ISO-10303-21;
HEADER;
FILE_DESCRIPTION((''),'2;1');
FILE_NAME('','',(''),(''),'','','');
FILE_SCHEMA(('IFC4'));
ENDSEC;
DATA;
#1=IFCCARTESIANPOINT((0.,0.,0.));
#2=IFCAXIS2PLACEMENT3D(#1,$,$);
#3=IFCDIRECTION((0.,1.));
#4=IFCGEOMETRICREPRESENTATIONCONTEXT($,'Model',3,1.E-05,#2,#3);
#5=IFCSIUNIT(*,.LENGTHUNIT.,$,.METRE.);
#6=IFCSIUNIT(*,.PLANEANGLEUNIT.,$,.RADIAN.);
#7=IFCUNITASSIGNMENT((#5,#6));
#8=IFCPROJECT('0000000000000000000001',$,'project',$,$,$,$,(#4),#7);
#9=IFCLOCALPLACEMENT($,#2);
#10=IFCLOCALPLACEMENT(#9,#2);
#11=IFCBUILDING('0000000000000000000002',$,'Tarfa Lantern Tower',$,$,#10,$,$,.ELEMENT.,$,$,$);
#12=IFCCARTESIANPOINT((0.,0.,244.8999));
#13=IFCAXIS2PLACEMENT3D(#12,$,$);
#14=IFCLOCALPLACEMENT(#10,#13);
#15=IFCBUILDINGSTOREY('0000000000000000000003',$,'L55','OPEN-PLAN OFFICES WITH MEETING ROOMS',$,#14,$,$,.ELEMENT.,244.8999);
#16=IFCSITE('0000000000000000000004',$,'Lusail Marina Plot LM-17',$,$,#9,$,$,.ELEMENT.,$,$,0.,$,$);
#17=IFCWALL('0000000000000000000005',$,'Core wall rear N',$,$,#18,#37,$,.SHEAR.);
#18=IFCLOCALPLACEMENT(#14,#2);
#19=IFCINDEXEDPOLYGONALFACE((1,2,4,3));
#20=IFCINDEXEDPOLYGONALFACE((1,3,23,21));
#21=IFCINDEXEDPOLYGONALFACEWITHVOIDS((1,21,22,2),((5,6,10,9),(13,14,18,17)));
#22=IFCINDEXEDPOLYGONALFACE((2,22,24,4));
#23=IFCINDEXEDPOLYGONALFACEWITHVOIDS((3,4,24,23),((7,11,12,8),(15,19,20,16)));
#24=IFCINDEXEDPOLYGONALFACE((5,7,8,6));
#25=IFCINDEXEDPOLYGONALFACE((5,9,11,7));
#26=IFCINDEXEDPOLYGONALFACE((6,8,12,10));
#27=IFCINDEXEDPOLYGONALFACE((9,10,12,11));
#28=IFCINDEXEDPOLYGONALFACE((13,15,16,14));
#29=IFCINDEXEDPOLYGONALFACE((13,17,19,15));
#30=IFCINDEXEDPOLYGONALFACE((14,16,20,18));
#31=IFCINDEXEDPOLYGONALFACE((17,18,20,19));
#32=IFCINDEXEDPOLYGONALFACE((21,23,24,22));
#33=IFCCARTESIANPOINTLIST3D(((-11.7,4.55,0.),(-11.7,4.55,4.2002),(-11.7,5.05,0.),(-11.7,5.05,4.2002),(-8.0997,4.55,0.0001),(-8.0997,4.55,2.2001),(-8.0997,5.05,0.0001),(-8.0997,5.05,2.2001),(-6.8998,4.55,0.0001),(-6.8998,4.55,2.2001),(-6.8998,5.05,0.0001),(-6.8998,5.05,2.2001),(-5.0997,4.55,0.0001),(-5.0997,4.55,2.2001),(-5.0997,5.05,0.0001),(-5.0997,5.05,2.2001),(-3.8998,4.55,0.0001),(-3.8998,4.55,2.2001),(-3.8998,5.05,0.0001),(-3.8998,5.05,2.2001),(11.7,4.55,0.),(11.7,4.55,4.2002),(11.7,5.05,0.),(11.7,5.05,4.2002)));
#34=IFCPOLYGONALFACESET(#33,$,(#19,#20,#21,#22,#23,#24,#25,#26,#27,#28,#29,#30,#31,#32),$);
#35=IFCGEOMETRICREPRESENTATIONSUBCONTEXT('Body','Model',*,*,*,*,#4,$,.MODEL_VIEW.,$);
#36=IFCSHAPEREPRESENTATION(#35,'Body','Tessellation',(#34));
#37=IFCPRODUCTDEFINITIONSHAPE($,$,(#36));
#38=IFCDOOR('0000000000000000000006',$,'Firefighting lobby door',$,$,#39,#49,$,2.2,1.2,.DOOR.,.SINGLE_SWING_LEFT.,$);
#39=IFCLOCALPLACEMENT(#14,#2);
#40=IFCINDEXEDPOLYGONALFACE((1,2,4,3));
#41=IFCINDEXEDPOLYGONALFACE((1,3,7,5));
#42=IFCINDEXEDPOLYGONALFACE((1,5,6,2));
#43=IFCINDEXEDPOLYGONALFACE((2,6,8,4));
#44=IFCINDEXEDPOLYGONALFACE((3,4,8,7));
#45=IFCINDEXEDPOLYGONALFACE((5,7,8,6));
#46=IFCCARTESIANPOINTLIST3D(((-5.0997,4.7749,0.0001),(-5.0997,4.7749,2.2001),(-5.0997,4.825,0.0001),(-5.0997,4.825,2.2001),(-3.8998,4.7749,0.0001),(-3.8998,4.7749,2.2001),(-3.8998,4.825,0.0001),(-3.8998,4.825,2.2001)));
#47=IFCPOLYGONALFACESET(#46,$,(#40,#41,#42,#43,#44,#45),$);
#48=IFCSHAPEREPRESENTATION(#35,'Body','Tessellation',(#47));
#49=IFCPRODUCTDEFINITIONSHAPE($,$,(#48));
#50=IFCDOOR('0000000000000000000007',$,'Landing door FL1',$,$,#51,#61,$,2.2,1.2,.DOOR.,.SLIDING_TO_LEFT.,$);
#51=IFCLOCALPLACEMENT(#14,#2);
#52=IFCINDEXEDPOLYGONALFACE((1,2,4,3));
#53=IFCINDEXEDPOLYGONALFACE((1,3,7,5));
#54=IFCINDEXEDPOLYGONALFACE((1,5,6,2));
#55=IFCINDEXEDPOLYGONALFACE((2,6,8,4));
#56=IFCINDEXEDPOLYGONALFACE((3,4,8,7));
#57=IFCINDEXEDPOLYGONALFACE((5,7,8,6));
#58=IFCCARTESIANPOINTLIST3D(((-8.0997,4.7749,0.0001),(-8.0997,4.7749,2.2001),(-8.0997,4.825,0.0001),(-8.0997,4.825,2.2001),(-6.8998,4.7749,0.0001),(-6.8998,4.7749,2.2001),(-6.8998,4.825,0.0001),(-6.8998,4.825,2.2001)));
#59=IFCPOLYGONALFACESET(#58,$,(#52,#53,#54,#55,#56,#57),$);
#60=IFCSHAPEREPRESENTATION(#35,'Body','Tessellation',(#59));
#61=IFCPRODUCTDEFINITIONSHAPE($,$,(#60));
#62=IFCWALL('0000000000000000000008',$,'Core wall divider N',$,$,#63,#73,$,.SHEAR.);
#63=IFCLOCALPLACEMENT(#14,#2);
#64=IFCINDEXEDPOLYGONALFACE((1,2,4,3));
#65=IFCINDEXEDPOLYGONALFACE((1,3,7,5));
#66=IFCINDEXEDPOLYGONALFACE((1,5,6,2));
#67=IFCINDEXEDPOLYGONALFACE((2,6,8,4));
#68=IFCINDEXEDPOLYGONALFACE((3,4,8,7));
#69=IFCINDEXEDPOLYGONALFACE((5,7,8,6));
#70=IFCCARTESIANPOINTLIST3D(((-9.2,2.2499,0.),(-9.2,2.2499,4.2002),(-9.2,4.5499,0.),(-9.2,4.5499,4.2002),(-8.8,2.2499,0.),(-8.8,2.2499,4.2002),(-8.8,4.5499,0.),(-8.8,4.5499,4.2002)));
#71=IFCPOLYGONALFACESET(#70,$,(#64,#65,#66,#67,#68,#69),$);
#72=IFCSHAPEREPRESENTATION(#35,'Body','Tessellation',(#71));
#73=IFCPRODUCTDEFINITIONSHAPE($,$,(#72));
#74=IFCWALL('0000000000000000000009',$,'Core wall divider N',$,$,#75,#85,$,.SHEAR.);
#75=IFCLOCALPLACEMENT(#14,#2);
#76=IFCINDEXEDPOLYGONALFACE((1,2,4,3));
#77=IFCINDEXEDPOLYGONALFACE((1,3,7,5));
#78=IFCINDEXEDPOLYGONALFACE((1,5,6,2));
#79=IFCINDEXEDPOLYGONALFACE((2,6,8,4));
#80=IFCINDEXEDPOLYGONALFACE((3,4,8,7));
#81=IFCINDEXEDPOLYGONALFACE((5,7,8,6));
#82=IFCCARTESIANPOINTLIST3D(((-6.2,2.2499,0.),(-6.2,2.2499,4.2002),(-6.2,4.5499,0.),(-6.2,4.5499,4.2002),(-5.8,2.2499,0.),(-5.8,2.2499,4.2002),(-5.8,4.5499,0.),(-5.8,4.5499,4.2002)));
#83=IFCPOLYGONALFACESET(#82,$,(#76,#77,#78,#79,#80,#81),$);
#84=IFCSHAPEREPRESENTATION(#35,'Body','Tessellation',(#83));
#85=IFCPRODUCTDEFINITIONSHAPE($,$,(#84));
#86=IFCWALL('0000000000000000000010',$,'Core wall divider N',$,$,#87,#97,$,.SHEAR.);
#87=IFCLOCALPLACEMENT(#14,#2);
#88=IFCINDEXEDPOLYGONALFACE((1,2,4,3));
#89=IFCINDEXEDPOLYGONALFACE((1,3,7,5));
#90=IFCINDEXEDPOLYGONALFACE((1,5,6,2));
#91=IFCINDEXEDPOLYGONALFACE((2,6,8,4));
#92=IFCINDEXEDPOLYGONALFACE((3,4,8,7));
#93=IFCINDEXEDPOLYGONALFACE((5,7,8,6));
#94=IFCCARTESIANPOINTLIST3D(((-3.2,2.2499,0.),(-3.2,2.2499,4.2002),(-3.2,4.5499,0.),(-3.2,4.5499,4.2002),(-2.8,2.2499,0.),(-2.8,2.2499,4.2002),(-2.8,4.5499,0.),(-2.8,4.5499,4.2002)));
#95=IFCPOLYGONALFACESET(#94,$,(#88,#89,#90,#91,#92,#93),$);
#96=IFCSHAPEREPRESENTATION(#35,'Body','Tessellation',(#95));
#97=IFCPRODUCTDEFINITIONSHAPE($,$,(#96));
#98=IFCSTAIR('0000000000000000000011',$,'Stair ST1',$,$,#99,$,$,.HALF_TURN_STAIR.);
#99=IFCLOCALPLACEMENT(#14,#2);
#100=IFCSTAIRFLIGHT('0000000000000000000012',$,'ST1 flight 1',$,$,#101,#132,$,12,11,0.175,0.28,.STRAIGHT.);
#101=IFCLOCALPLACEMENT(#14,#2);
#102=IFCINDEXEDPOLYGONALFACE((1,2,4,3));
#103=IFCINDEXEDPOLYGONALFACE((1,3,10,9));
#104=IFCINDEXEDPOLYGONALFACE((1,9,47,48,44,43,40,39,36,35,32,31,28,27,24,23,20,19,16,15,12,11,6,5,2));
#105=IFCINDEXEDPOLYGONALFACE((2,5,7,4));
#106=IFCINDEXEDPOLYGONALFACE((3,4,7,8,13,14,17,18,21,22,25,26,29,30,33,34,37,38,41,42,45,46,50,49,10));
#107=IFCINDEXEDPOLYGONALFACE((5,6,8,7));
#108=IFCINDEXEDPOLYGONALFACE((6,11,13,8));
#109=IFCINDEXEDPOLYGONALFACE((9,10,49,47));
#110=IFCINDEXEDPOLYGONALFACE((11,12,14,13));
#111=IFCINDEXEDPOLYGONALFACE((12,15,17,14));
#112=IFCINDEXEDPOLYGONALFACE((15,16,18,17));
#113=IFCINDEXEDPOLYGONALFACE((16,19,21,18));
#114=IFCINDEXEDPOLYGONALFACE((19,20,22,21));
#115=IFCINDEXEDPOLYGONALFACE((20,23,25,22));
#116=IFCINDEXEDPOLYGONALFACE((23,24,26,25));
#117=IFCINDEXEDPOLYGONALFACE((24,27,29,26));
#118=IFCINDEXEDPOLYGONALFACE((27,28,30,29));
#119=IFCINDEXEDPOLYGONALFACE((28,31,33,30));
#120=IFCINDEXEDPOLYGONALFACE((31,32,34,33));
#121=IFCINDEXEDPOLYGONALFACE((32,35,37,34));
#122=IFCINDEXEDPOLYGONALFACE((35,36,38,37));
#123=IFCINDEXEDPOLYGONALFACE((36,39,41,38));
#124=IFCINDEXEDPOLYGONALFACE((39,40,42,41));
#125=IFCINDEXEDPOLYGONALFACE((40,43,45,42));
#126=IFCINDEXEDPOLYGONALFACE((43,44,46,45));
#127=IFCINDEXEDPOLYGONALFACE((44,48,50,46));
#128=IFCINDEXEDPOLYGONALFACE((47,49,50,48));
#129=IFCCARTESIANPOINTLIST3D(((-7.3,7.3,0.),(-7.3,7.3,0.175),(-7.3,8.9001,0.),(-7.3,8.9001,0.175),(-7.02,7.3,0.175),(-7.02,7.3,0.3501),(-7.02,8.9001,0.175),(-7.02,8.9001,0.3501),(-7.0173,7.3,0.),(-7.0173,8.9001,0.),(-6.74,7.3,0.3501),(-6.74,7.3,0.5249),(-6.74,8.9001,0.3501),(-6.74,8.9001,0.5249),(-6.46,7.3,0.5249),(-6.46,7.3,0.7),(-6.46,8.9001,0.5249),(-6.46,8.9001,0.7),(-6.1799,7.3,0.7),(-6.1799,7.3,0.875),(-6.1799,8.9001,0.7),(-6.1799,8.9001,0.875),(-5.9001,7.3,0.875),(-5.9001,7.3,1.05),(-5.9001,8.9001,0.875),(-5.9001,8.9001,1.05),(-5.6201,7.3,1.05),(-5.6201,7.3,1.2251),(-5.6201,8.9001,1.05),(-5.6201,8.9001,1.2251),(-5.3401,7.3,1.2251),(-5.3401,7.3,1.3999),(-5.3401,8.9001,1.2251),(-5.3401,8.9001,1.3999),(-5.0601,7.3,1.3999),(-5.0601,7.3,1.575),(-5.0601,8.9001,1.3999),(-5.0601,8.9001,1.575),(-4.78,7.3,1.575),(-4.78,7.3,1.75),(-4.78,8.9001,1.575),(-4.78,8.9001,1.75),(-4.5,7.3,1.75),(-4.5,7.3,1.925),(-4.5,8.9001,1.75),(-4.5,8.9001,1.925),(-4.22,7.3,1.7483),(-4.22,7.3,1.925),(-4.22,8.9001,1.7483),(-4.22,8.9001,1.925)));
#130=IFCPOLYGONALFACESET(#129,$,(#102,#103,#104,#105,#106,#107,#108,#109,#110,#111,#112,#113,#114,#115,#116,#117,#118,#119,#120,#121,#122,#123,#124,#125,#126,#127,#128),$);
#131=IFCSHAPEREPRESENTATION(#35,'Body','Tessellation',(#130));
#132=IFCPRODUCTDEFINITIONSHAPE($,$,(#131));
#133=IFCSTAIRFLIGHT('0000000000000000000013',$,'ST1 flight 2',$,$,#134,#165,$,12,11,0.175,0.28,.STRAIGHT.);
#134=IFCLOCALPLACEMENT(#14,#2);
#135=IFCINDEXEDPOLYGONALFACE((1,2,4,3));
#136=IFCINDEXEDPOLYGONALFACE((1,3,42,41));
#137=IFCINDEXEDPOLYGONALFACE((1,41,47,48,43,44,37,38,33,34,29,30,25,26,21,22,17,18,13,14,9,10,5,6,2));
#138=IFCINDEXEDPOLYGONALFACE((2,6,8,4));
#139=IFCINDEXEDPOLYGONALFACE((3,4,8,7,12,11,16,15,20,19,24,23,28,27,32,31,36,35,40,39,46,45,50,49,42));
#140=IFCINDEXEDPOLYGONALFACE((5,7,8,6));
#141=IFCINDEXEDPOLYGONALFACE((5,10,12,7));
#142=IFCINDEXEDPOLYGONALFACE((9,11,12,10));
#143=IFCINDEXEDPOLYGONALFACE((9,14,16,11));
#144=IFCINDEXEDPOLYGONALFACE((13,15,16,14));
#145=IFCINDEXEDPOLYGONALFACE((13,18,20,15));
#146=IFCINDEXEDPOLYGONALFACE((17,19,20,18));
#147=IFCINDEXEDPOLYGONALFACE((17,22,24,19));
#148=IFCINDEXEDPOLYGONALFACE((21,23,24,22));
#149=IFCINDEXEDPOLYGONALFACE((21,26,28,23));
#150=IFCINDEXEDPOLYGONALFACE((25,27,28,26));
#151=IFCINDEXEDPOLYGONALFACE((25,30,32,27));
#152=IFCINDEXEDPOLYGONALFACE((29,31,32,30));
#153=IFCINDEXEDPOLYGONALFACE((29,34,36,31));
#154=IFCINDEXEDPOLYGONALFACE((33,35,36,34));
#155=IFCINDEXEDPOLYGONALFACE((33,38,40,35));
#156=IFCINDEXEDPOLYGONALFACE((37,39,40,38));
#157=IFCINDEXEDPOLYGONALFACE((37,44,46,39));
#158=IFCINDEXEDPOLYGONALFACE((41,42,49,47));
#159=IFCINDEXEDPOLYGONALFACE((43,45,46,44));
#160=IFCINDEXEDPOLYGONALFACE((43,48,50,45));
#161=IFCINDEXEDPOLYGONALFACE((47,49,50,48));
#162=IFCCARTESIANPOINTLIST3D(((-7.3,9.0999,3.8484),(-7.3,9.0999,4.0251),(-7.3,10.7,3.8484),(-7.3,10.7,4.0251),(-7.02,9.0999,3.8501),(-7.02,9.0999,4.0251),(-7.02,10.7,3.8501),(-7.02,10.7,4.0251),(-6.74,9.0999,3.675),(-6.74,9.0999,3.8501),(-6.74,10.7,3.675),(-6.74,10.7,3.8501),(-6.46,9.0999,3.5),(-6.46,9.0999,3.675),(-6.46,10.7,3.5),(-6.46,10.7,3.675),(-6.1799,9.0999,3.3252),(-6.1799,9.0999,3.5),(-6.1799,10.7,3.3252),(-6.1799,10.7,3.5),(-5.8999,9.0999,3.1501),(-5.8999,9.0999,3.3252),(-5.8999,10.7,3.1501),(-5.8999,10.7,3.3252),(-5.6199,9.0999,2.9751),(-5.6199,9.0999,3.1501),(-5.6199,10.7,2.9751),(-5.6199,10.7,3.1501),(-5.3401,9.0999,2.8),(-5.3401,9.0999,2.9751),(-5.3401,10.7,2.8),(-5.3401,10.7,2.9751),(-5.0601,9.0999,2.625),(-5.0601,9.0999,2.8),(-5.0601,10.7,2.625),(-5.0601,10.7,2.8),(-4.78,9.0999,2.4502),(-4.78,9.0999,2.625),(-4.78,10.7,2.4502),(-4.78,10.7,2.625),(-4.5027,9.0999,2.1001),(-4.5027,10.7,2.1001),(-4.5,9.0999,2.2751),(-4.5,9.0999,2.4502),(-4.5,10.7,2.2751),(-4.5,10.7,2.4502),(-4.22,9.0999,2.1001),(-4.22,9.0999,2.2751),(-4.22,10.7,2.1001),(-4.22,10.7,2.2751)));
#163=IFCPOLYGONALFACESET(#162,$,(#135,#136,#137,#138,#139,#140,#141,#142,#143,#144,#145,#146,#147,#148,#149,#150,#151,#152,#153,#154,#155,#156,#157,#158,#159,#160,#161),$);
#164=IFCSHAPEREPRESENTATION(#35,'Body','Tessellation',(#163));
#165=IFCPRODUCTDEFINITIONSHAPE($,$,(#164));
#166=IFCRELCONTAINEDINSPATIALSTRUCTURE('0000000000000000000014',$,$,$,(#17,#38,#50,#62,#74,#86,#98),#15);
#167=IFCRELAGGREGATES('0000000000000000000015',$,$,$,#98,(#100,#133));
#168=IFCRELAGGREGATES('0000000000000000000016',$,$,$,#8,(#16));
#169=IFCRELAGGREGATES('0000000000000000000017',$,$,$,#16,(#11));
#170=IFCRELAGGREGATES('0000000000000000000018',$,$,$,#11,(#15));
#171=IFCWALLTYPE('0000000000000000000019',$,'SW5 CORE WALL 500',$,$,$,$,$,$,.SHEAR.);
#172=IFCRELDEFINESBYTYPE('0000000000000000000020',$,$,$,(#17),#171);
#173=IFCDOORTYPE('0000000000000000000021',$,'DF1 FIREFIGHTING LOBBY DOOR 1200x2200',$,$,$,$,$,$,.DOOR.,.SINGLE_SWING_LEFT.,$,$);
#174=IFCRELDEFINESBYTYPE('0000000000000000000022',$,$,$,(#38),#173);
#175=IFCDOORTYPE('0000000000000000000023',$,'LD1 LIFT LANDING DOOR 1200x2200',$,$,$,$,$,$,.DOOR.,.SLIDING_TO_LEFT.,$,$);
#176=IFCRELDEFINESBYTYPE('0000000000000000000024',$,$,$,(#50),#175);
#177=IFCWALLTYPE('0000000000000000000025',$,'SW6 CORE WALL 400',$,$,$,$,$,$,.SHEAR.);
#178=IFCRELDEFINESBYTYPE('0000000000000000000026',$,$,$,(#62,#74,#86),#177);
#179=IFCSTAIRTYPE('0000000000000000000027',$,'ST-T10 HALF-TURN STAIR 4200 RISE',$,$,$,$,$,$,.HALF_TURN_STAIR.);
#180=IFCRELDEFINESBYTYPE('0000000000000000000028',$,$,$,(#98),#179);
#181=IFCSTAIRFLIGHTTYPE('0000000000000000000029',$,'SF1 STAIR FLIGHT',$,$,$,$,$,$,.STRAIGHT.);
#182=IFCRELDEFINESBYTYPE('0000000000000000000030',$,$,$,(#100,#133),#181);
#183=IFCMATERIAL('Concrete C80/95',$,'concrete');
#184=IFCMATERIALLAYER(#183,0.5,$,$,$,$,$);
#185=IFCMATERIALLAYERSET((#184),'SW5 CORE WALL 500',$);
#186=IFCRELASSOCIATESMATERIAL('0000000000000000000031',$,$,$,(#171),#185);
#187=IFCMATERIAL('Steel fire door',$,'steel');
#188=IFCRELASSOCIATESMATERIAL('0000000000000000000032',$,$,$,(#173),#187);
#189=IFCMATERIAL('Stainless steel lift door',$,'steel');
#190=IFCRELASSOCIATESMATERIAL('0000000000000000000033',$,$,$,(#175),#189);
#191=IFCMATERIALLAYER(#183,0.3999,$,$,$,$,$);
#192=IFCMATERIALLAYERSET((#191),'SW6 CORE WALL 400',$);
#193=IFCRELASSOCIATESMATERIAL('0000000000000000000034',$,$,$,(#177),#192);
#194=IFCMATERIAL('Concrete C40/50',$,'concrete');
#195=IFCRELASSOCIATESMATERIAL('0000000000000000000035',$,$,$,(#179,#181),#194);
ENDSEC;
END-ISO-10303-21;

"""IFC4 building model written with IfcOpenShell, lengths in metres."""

from ifc_helpers import new_model, si_unit, direction, frame, frame_2d, origin, place, context, subcontext, project, spatial, polyline, rectangle, outline, extrude, material, layer, layer_set, type_object, element, fill, aggregate, save


model = new_model("IFC4")

# Units and contexts
model_context = context("Model", 3, precision=1e-05, world=origin(), true_north=direction((0.0, 1.0)))
body_context = subcontext(model_context, "Body", "Model", "MODEL_VIEW")
ifc_project = project(units=[si_unit("LENGTHUNIT", "METRE"), si_unit("PLANEANGLEUNIT", "RADIAN")], contexts=[model_context])

# Site, building, storey
site_placement = place(None, origin())
site = spatial("IfcSite", under=ifc_project, at=site_placement, Name="Lusail Marina Plot LM-17", CompositionType="ELEMENT", RefElevation=0.0)
building_placement = place(site_placement, origin())
building = spatial("IfcBuilding", under=site, at=building_placement, Name="Tarfa Lantern Tower", CompositionType="ELEMENT")
storey_placement = place(building_placement, frame((0.0, 0.0, 244.8999)))
storey = spatial("IfcBuildingStorey", under=building, at=storey_placement, Name="L55", Description="OPEN-PLAN OFFICES WITH MEETING ROOMS", CompositionType="ELEMENT", Elevation=244.8999)

# Shared definitions
ifc_material_1 = material(Name="Concrete C80/95", Category="concrete")

# Shared definitions
ifc_material_2 = material(Name="Steel fire door", Category="steel")

# Wall, openings, doors
ifc_layer_1 = layer(ifc_material_1, 0.5)
ifc_layer_set_1 = layer_set([ifc_layer_1], Name="SW5 CORE WALL 500")
wall_type_1 = type_object("IfcWallType", Name="SW5 CORE WALL 500", PredefinedType="SHEAR", material=ifc_layer_set_1)
ifc_material_3 = material(Name="Stainless steel lift door", Category="steel")
wall_1_placement = place(storey_placement, frame((-11.7, 4.8, 0.0), z_axis=(0.0, 0.0, 1.0), x_axis=(1.0, 0.0, 0.0)))
wall_1 = element("IfcWall", 1, at=wall_1_placement, inside=storey, type_object=wall_type_1, Name="Core wall rear N", PredefinedType="SHEAR", context=body_context, shape_type="SweptSolid", body=[
    extrude(rectangle(XDim=23.3999, YDim=0.5, at=frame_2d((11.7, 0.0))), origin(), (0.0, 0.0, 1.0), 4.2002),
])
opening_1_placement = place(wall_1_placement, frame((6.6001, 0.0, 0.0)))
opening_1 = element("IfcOpeningElement", 2, at=opening_1_placement, cuts=wall_1, PredefinedType="OPENING", context=body_context, shape_type="SweptSolid", body=[
    extrude(rectangle(XDim=1.2, YDim=2.2, at=frame_2d((0.6001, 1.1001))), frame((0.0, 0.26, 0.0), z_axis=(0.0, -1.0, 0.0), x_axis=(1.0, 0.0, 0.0)), (0.0, 0.0, 1.0), 0.52),
])
opening_2_placement = place(wall_1_placement, frame((3.6001, 0.0, 0.0)))
opening_2 = element("IfcOpeningElement", 3, at=opening_2_placement, cuts=wall_1, PredefinedType="OPENING", context=body_context, shape_type="SweptSolid", body=[
    extrude(rectangle(XDim=1.2, YDim=2.2, at=frame_2d((0.6001, 1.1001))), frame((0.0, 0.26, 0.0), z_axis=(0.0, -1.0, 0.0), x_axis=(1.0, 0.0, 0.0)), (0.0, 0.0, 1.0), 0.52),
])
door_type_1 = type_object("IfcDoorType", Name="DF1 FIREFIGHTING LOBBY DOOR 1200x2200", OperationType="SINGLE_SWING_LEFT", PredefinedType="DOOR", material=ifc_material_2)
door_1_placement = place(opening_1_placement, origin())
door_1 = element("IfcDoor", 4, at=door_1_placement, inside=storey, type_object=door_type_1, Name="Firefighting lobby door", OperationType="SINGLE_SWING_LEFT", OverallHeight=2.2, OverallWidth=1.2, PredefinedType="DOOR", context=body_context, shape_type="SweptSolid", body=[
    extrude(rectangle(XDim=1.2, YDim=2.2, at=frame_2d((0.6001, 1.1001))), frame((0.0, 0.0249, 0.0), z_axis=(0.0, -1.0, 0.0), x_axis=(1.0, 0.0, 0.0)), (0.0, 0.0, 1.0), 0.05),
])
fill(opening_1, door_1)
door_type_2 = type_object("IfcDoorType", Name="LD1 LIFT LANDING DOOR 1200x2200", OperationType="SLIDING_TO_LEFT", PredefinedType="DOOR", material=ifc_material_3)
door_2_placement = place(opening_2_placement, origin())
door_2 = element("IfcDoor", 5, at=door_2_placement, inside=storey, type_object=door_type_2, Name="Landing door FL1", OperationType="SLIDING_TO_LEFT", OverallHeight=2.2, OverallWidth=1.2, PredefinedType="DOOR", context=body_context, shape_type="SweptSolid", body=[
    extrude(rectangle(XDim=1.2, YDim=2.2, at=frame_2d((0.6001, 1.1001))), frame((0.0, 0.0249, 0.0), z_axis=(0.0, -1.0, 0.0), x_axis=(1.0, 0.0, 0.0)), (0.0, 0.0, 1.0), 0.05),
])
fill(opening_2, door_2)

# Walls
ifc_layer_2 = layer(ifc_material_1, 0.3999)
ifc_layer_set_2 = layer_set([ifc_layer_2], Name="SW6 CORE WALL 400")
wall_type_2 = type_object("IfcWallType", Name="SW6 CORE WALL 400", PredefinedType="SHEAR", material=ifc_layer_set_2)
for number, where, z_axis, x_axis, name in (
    (6, (-9.0, 2.25, 0.0), (0.0, 0.0, 1.0), (0.0, 1.0, 0.0), "Core wall divider N"),
    (7, (-6.0, 2.25, 0.0), (0.0, 0.0, 1.0), (0.0, 1.0, 0.0), "Core wall divider N"),
    (8, (-3.0, 2.25, 0.0), (0.0, 0.0, 1.0), (0.0, 1.0, 0.0), "Core wall divider N"),
):
    element("IfcWall", number, at=place(storey_placement, frame(where, z_axis=z_axis, x_axis=x_axis)), inside=storey, type_object=wall_type_2, Name=name, PredefinedType="SHEAR", context=body_context, shape_type="SweptSolid", body=[
        extrude(rectangle(XDim=2.3, YDim=0.3999, at=frame_2d((1.1499, 0.0))), origin(), (0.0, 0.0, 1.0), 4.2002),
    ])

# Stair, stair flights
ifc_material_4 = material(Name="Concrete C40/50", Category="concrete")
stair_type = type_object("IfcStairType", Name="ST-T10 HALF-TURN STAIR 4200 RISE", PredefinedType="HALF_TURN_STAIR", material=ifc_material_4)
stair_placement = place(storey_placement, origin())
stair = element("IfcStair", 9, at=stair_placement, inside=storey, type_object=stair_type, Name="Stair ST1", PredefinedType="HALF_TURN_STAIR")
stair_flight_type = type_object("IfcStairFlightType", Name="SF1 STAIR FLIGHT", PredefinedType="STRAIGHT", material=ifc_material_4)
stair_flight_1_placement = place(storey_placement, frame((-7.3, 8.1001, 0.0), z_axis=(0.0, 0.0, 1.0), x_axis=(1.0, 0.0, 0.0)))
stair_flight_1 = element("IfcStairFlight", 10, at=stair_flight_1_placement, type_object=stair_flight_type, Name="ST1 flight 1", NumberOfRisers=12, NumberOfTreads=11, PredefinedType="STRAIGHT", RiserHeight=0.175, TreadLength=0.28, context=body_context, shape_type="SweptSolid", body=[
    extrude(outline(polyline([(0.0, 0.0), (0.0, 0.175), (0.28, 0.175), (0.28, 0.3501), (0.5601, 0.3501), (0.5601, 0.5249), (0.8401, 0.5249), (0.8401, 0.7), (1.1201, 0.7), (1.1201, 0.875), (1.3999, 0.875), (1.3999, 1.05), (1.6799, 1.05), (1.6799, 1.2251), (1.96, 1.2251), (1.96, 1.3999), (2.24, 1.3999), (2.24, 1.575), (2.52, 1.575), (2.52, 1.75), (2.8, 1.75), (2.8, 1.925), (3.0801, 1.925), (3.0801, 2.1001), (3.0801, 1.7483), (0.2827, 0.0), (0.0, 0.0)])), frame((0.0, 0.8, 0.0), z_axis=(0.0, -1.0, 0.0), x_axis=(1.0, 0.0, 0.0)), (0.0, 0.0, 1.0), 1.6001),
])
stair_flight_2_placement = place(storey_placement, frame((-4.22, 9.8999, 2.1001), z_axis=(0.0, 0.0, 1.0), x_axis=(-1.0, 0.0, 0.0)))
stair_flight_2 = element("IfcStairFlight", 11, at=stair_flight_2_placement, type_object=stair_flight_type, Name="ST1 flight 2", NumberOfRisers=12, NumberOfTreads=11, PredefinedType="STRAIGHT", RiserHeight=0.175, TreadLength=0.28, context=body_context, shape_type="SweptSolid", body=[
    extrude(outline(polyline([(0.0, 0.0), (0.0, 0.175), (0.28, 0.175), (0.28, 0.3501), (0.5601, 0.3501), (0.5601, 0.5249), (0.8401, 0.5249), (0.8401, 0.7), (1.1201, 0.7), (1.1201, 0.875), (1.3999, 0.875), (1.3999, 1.05), (1.6799, 1.05), (1.6799, 1.2251), (1.96, 1.2251), (1.96, 1.3999), (2.24, 1.3999), (2.24, 1.575), (2.52, 1.575), (2.52, 1.75), (2.8, 1.75), (2.8, 1.925), (3.0801, 1.925), (3.0801, 2.1001), (3.0801, 1.7483), (0.2827, 0.0), (0.0, 0.0)])), frame((0.0, 0.8, 0.0), z_axis=(0.0, -1.0, 0.0), x_axis=(1.0, 0.0, 0.0)), (0.0, 0.0, 1.0), 1.6001),
])
aggregate(stair, [stair_flight_1, stair_flight_2])

save(model, "model.ifc")
